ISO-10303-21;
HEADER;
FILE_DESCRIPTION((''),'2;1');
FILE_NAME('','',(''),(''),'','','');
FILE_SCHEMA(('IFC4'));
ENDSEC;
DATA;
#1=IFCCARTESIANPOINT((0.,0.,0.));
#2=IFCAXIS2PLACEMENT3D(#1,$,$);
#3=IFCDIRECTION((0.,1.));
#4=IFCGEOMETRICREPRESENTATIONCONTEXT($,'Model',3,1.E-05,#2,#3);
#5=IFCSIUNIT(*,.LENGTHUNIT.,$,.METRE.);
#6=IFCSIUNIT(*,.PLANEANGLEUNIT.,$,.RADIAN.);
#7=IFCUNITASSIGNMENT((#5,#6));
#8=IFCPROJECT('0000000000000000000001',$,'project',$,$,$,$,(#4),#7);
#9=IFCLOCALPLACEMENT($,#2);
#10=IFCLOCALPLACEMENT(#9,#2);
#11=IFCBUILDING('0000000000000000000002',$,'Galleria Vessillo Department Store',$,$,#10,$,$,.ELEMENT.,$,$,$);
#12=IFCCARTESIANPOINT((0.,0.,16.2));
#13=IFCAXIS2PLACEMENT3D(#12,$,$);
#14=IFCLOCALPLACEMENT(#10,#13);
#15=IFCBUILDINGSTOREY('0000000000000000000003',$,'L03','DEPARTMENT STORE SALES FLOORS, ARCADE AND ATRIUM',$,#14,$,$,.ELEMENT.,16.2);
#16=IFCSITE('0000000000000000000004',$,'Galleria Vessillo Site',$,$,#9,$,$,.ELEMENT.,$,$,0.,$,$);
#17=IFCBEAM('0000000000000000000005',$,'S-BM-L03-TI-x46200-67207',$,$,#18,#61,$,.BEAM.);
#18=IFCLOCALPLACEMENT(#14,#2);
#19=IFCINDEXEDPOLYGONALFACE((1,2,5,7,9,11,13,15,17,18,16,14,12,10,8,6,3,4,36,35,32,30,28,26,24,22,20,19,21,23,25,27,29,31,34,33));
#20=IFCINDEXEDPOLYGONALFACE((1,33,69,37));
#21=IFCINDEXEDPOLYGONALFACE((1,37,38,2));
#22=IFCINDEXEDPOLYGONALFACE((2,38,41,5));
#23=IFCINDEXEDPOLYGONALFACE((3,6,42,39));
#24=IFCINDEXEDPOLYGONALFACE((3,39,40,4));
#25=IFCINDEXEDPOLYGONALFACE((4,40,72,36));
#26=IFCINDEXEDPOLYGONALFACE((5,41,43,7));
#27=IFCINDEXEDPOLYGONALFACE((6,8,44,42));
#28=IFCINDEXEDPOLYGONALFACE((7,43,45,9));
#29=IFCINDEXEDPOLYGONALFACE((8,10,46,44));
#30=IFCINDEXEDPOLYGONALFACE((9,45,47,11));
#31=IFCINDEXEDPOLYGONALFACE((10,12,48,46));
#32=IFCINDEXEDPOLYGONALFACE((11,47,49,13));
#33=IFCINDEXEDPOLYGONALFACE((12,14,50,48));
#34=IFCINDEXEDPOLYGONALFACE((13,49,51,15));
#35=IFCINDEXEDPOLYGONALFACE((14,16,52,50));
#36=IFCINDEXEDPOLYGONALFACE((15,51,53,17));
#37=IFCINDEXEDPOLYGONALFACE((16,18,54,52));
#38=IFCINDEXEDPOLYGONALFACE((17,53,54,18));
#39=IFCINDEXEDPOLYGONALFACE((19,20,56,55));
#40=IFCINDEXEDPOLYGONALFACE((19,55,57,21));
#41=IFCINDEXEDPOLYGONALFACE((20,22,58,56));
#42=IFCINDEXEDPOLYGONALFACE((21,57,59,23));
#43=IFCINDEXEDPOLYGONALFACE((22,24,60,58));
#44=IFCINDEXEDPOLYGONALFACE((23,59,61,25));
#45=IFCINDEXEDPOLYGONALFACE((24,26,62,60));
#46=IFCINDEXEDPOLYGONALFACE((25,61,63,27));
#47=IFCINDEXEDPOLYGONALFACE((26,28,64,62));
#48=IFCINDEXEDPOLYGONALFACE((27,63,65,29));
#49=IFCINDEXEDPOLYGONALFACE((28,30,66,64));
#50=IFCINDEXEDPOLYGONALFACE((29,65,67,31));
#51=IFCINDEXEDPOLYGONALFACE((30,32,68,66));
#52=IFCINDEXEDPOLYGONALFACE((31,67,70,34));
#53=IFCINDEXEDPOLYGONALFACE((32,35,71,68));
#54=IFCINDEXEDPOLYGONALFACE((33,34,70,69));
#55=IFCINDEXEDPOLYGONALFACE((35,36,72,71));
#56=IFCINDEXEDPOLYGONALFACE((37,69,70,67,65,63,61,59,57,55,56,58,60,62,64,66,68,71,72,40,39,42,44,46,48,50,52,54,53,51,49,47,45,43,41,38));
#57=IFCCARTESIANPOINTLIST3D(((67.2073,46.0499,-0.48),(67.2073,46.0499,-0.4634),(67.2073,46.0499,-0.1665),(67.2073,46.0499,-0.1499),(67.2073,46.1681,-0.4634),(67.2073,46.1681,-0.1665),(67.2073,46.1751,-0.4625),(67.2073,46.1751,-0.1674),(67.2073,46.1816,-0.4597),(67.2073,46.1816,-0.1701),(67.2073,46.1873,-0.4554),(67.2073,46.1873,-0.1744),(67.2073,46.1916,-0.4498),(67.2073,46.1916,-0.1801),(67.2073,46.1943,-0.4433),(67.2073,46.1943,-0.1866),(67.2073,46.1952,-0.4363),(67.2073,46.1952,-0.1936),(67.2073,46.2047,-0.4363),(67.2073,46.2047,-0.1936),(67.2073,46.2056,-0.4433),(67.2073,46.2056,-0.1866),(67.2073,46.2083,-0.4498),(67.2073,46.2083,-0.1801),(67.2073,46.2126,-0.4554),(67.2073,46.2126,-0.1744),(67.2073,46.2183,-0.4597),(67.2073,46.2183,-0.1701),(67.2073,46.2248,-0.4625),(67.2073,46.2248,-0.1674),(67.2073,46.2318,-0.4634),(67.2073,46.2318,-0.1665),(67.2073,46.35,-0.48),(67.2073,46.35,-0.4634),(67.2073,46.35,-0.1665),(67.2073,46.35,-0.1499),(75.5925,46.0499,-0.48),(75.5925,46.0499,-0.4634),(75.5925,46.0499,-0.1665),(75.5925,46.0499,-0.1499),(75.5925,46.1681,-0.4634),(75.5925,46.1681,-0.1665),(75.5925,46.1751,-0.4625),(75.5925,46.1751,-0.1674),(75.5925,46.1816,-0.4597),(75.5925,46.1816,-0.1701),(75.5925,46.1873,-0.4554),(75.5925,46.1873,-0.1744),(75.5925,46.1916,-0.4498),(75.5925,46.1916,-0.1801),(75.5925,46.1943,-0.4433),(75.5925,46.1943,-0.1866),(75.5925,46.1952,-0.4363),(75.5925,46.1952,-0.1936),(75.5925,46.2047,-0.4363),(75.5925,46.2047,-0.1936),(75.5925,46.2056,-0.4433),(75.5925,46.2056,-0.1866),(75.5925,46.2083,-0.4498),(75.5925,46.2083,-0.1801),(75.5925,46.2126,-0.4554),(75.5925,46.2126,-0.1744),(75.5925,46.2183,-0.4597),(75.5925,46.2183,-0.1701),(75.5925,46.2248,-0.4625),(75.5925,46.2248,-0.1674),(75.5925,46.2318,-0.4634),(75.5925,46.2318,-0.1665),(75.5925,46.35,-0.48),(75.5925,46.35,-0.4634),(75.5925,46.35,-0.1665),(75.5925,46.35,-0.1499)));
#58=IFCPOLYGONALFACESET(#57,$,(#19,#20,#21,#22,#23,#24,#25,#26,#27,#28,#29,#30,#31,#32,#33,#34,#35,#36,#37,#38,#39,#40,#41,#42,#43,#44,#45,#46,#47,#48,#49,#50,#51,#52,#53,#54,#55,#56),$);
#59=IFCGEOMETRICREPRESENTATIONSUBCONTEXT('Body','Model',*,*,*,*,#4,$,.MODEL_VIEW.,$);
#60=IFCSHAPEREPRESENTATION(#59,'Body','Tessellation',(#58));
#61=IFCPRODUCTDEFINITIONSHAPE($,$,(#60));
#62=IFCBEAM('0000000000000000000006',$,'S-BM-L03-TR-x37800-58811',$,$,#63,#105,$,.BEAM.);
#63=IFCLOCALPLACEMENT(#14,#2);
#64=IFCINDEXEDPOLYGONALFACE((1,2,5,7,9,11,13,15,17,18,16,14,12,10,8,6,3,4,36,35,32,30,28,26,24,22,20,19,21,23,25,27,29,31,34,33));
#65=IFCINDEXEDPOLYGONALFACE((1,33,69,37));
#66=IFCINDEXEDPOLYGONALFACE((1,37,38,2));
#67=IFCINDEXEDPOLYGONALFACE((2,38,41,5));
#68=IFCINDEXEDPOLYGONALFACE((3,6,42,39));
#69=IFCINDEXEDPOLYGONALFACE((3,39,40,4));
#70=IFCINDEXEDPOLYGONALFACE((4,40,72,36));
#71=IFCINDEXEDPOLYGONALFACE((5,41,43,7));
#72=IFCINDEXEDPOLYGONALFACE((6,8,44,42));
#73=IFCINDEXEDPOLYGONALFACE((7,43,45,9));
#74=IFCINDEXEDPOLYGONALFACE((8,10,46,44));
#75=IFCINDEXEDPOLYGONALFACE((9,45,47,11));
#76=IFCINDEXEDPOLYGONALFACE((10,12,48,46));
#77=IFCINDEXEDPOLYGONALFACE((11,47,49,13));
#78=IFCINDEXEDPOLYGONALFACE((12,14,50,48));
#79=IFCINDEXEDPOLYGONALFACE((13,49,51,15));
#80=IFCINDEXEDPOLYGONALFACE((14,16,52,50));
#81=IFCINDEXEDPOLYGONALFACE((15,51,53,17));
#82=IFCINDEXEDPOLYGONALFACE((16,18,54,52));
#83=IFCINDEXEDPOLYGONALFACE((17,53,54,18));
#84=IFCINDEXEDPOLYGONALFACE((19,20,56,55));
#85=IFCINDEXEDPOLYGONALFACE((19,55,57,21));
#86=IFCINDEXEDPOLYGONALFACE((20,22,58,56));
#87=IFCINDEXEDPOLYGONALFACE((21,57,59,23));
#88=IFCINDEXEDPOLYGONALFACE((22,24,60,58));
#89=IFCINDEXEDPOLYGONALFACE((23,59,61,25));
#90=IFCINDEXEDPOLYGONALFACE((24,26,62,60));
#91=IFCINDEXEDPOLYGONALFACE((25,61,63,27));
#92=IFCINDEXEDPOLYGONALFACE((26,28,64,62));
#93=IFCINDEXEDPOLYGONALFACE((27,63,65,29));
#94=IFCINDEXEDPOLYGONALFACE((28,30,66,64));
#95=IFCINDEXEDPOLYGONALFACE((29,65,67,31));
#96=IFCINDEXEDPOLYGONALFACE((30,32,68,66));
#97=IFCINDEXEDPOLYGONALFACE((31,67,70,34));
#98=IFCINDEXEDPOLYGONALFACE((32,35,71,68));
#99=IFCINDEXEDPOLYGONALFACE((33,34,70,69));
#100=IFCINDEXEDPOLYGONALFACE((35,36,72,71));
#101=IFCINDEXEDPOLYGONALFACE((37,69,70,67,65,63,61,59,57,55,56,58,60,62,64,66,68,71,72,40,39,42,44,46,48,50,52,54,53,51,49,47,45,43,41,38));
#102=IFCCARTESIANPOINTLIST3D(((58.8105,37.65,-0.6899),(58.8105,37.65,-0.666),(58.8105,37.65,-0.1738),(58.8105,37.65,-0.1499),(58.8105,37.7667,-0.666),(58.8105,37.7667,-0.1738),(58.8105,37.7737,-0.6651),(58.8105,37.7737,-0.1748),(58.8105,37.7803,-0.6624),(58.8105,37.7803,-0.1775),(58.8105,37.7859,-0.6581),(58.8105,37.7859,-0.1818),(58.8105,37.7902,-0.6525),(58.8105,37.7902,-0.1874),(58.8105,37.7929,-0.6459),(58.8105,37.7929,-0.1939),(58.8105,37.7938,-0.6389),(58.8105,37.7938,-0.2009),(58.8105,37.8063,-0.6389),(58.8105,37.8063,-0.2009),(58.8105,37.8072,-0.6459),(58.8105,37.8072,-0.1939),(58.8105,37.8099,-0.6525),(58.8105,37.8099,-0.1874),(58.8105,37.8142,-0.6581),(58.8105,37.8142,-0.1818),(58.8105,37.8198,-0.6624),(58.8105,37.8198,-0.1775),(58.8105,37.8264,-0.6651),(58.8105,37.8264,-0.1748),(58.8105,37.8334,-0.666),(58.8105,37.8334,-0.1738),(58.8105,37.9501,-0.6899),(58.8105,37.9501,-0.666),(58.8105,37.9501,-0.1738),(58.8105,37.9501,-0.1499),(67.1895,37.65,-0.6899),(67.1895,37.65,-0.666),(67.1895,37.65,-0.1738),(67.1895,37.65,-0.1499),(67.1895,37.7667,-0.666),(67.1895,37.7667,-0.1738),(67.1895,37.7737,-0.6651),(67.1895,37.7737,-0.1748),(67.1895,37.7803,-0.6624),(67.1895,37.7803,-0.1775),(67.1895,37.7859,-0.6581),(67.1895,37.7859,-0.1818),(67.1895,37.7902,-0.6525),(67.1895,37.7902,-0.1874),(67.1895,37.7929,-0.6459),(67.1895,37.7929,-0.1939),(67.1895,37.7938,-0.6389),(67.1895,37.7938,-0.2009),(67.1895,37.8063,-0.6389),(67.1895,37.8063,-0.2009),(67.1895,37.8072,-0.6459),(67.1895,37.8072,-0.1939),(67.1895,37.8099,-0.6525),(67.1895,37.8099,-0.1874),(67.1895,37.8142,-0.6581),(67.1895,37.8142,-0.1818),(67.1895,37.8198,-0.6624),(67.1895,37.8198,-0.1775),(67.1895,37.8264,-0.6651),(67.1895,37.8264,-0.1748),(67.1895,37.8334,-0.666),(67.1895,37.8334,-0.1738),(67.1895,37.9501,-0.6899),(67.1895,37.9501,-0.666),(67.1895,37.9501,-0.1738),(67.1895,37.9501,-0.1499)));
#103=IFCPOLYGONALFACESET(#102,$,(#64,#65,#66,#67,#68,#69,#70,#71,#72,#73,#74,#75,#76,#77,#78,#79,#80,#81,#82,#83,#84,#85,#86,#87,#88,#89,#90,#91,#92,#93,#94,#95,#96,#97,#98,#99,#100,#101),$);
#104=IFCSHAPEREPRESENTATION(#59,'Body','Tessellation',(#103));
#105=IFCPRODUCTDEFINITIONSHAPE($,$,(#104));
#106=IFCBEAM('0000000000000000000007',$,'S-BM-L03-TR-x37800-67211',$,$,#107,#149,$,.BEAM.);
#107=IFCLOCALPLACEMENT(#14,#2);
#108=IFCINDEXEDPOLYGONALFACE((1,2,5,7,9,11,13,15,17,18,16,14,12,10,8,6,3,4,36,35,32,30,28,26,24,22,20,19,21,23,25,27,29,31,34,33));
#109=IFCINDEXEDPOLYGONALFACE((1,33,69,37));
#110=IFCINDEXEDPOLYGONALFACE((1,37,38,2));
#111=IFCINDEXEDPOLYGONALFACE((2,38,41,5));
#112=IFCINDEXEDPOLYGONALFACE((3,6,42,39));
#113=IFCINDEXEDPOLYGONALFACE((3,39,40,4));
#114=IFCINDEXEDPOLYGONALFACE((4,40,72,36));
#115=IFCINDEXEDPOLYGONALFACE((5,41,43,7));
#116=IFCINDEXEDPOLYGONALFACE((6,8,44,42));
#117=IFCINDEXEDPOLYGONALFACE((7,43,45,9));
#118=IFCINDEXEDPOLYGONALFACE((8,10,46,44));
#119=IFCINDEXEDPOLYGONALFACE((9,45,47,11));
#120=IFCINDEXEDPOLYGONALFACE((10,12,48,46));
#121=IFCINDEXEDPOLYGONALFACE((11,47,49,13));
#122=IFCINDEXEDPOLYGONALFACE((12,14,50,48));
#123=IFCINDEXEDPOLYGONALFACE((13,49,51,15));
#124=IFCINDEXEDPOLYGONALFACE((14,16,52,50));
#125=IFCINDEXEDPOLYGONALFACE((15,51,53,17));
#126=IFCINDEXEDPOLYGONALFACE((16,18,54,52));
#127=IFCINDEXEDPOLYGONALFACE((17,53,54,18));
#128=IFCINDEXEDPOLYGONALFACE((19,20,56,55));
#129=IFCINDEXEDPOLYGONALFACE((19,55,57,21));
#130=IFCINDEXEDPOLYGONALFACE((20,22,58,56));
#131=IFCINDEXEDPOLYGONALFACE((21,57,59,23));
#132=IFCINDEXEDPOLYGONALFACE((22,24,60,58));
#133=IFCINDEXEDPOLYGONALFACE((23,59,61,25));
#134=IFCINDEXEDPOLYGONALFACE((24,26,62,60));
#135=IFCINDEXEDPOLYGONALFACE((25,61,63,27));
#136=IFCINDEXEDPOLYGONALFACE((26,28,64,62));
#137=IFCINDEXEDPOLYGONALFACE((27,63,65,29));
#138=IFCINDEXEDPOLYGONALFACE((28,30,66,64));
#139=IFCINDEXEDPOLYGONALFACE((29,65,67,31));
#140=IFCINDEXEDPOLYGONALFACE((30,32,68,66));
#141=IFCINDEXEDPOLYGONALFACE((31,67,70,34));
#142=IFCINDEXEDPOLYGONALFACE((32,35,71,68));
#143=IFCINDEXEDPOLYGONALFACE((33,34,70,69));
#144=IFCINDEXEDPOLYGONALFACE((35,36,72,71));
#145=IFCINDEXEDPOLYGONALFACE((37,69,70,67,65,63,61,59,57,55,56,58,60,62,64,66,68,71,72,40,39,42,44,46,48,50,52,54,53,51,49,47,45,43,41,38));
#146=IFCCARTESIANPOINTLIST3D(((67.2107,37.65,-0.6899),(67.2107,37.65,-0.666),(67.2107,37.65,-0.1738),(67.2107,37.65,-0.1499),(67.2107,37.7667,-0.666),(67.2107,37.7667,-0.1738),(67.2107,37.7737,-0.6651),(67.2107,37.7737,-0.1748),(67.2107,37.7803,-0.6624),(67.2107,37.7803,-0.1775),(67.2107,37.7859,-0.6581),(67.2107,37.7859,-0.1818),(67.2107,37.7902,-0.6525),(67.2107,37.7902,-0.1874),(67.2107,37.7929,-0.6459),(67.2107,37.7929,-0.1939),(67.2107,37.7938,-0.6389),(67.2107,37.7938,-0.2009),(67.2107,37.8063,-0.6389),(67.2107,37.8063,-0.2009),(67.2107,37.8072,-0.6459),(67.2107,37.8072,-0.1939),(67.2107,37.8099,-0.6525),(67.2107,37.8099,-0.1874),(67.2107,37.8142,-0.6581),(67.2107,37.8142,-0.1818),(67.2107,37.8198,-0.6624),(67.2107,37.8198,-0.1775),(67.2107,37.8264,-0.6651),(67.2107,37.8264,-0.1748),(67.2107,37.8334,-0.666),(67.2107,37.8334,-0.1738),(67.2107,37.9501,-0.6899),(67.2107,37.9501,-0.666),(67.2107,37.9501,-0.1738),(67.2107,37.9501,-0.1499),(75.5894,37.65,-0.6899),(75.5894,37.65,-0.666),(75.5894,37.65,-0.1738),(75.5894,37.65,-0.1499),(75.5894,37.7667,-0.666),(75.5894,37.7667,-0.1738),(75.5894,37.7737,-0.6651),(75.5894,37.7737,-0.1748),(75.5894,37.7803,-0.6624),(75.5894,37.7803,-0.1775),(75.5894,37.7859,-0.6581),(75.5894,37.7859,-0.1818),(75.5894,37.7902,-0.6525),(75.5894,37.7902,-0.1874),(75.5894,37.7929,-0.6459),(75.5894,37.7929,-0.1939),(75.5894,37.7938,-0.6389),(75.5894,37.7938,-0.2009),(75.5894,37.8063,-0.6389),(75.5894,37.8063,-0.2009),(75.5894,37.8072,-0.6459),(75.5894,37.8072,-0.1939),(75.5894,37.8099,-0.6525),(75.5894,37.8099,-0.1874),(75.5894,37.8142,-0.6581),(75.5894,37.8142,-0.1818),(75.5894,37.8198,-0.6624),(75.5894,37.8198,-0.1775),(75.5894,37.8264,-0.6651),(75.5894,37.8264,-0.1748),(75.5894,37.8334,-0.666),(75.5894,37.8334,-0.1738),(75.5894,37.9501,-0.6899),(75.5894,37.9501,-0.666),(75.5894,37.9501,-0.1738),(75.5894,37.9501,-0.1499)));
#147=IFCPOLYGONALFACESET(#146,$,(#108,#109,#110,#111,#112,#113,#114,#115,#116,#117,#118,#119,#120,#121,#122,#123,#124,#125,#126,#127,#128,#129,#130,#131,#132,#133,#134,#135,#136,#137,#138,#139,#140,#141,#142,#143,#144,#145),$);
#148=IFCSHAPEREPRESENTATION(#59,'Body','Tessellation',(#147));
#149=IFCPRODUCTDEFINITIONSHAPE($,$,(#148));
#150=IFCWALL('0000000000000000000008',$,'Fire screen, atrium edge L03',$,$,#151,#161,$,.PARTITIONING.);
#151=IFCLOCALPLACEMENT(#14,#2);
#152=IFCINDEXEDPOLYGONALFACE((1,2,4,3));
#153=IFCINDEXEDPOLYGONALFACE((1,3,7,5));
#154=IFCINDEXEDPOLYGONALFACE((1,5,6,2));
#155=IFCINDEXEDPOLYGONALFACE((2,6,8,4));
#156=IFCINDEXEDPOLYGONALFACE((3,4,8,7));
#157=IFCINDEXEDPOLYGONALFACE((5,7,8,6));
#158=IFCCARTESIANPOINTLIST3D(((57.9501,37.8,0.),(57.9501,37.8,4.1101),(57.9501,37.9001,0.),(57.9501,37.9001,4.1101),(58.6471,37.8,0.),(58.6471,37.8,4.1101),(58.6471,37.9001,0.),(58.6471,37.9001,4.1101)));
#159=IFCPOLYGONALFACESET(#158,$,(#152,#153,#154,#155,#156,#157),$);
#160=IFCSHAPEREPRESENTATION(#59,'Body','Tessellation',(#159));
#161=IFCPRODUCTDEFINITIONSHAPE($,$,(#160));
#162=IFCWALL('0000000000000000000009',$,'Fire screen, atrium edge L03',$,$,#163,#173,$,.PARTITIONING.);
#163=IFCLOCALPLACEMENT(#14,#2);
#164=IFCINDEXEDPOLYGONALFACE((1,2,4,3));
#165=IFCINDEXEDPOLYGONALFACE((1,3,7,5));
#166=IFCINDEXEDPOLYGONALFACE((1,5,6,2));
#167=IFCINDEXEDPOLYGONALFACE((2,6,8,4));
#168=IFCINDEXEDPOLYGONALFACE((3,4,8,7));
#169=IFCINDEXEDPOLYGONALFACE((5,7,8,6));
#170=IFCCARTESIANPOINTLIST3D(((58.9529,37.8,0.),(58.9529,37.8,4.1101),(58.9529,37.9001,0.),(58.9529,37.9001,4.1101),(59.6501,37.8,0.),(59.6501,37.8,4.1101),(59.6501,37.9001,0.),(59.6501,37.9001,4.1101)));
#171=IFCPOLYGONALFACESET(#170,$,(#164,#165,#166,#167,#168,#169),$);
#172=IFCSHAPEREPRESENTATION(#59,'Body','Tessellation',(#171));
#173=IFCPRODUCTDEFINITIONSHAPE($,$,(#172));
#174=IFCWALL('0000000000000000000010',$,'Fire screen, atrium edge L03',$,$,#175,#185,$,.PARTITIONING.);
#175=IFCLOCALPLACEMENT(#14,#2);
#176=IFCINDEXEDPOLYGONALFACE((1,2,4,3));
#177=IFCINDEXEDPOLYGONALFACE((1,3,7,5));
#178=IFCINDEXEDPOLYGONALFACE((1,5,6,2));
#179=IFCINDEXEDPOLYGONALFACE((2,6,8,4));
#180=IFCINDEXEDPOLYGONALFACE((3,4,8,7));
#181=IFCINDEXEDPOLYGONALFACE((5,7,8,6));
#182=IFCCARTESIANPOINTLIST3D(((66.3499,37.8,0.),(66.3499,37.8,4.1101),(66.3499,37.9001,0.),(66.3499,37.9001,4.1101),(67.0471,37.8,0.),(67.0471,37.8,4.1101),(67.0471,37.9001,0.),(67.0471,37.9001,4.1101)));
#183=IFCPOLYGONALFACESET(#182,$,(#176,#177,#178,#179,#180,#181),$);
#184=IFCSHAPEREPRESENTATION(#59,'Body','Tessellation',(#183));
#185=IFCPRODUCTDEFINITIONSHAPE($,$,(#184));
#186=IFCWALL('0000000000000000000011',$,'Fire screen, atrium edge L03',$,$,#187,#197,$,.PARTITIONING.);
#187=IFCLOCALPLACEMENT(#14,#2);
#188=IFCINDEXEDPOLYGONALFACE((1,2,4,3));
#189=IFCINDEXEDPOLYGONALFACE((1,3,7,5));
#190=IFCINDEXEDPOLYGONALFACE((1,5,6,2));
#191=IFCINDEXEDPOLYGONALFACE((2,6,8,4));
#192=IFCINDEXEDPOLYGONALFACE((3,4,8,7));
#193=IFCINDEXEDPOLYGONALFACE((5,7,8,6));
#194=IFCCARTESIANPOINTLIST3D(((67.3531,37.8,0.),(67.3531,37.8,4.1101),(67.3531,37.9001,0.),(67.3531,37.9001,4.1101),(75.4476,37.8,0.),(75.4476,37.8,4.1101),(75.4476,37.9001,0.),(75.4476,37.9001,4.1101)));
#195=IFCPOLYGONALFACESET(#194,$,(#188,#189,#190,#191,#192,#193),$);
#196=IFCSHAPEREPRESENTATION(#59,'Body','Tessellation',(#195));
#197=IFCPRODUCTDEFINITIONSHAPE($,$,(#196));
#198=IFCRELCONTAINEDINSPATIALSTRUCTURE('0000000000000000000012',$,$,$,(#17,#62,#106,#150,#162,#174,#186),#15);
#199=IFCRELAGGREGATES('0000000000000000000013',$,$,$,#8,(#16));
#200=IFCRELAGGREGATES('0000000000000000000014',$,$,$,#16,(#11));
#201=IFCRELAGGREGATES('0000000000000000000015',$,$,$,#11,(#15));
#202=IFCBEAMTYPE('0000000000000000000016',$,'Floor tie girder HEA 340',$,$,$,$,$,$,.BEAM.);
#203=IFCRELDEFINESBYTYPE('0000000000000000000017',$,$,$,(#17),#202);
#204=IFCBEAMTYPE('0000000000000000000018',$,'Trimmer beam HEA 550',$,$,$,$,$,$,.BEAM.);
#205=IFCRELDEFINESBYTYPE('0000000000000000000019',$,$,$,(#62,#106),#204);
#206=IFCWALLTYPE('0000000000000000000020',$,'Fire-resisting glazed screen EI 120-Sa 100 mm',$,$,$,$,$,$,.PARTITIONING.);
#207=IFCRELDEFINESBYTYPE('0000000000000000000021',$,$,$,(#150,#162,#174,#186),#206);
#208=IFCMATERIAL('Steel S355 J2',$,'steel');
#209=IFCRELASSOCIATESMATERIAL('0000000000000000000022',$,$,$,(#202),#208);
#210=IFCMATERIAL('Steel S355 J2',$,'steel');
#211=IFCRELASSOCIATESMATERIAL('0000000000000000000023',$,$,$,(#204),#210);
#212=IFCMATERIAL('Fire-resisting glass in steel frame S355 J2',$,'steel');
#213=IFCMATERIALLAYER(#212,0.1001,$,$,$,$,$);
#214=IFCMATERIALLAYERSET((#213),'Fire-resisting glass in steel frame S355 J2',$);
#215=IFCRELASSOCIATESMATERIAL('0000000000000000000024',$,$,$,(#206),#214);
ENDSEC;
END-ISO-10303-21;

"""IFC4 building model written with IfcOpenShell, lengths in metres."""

from ifc_helpers import new_model, si_unit, direction, frame, frame_2d, origin, origin_2d, place, context, subcontext, project, spatial, rectangle, i_section, extrude, material, layer, layer_set, material_profile, profile_set, type_object, element, save


model = new_model("IFC4")

# Units and contexts
model_context = context("Model", 3, precision=1e-05, world=origin(), true_north=direction((0.0, 1.0)))
body_context = subcontext(model_context, "Body", "Model", "MODEL_VIEW")
ifc_project = project(units=[si_unit("LENGTHUNIT", "METRE"), si_unit("PLANEANGLEUNIT", "RADIAN")], contexts=[model_context])

# Site, building, storey
site_placement = place(None, origin())
site = spatial("IfcSite", under=ifc_project, at=site_placement, Name="Galleria Vessillo Site", CompositionType="ELEMENT", RefElevation=0.0)
building_placement = place(site_placement, origin())
building = spatial("IfcBuilding", under=site, at=building_placement, Name="Galleria Vessillo Department Store", CompositionType="ELEMENT")
storey_placement = place(building_placement, frame((0.0, 0.0, 16.2)))
storey = spatial("IfcBuildingStorey", under=building, at=storey_placement, Name="L03", Description="DEPARTMENT STORE SALES FLOORS, ARCADE AND ATRIUM", CompositionType="ELEMENT", Elevation=16.2)

# Beams
ifc_material_1 = material(Name="Steel S355 J2", Category="steel")
ifc_material_profile_1 = material_profile(ifc_material_1, i_section(OverallWidth=0.3, OverallDepth=0.3301, WebThickness=0.0095, FlangeThickness=0.0166, FilletRadius=0.0271, at=origin_2d()), Name="HEA 340")
ifc_profile_set_1 = profile_set([ifc_material_profile_1], Name="Steel S355 J2")
beam_type_1 = type_object("IfcBeamType", Name="Floor tie girder HEA 340", PredefinedType="BEAM", material=ifc_profile_set_1)
for number, where, z_axis, x_axis, name in (
    (1, (67.2073, 46.2, -0.3149), (1.0, 0.0, 0.0), (0.0, 1.0, 0.0), "S-BM-L03-TI-x46200-67207"),
):
    element("IfcBeam", number, at=place(storey_placement, frame(where, z_axis=z_axis, x_axis=x_axis)), inside=storey, type_object=beam_type_1, Name=name, PredefinedType="BEAM", context=body_context, shape_type="SweptSolid", body=[
        extrude(i_section(OverallWidth=0.3, OverallDepth=0.3301, WebThickness=0.0095, FlangeThickness=0.0166, FilletRadius=0.0271, at=origin_2d()), origin(), (0.0, 0.0, 1.0), 8.3853),
    ])
ifc_material_2 = material(Name="Steel S355 J2", Category="steel")
ifc_material_profile_2 = material_profile(ifc_material_2, i_section(OverallWidth=0.3, OverallDepth=0.54, WebThickness=0.0125, FlangeThickness=0.0239, FilletRadius=0.0271, at=origin_2d()), Name="HEA 550")
ifc_profile_set_2 = profile_set([ifc_material_profile_2], Name="Steel S355 J2")
beam_type_2 = type_object("IfcBeamType", Name="Trimmer beam HEA 550", PredefinedType="BEAM", material=ifc_profile_set_2)
beam_1_placement = place(storey_placement, frame((58.8105, 37.8, -0.4199), z_axis=(1.0, 0.0, 0.0), x_axis=(0.0, 1.0, 0.0)))
element("IfcBeam", 2, at=beam_1_placement, inside=storey, type_object=beam_type_2, Name="S-BM-L03-TR-x37800-58811", PredefinedType="BEAM", context=body_context, shape_type="SweptSolid", body=[
    extrude(i_section(OverallWidth=0.3, OverallDepth=0.54, WebThickness=0.0125, FlangeThickness=0.0239, FilletRadius=0.0271, at=origin_2d()), origin(), (0.0, 0.0, 1.0), 8.3789),
])
beam_2_placement = place(storey_placement, frame((67.2107, 37.8, -0.4199), z_axis=(1.0, 0.0, 0.0), x_axis=(0.0, 1.0, 0.0)))
element("IfcBeam", 3, at=beam_2_placement, inside=storey, type_object=beam_type_2, Name="S-BM-L03-TR-x37800-67211", PredefinedType="BEAM", context=body_context, shape_type="SweptSolid", body=[
    extrude(i_section(OverallWidth=0.3, OverallDepth=0.54, WebThickness=0.0125, FlangeThickness=0.0239, FilletRadius=0.0271, at=origin_2d()), origin(), (0.0, 0.0, 1.0), 8.3787),
])

# Walls
ifc_material_3 = material(Name="Fire-resisting glass in steel frame S355 J2", Category="steel")
ifc_layer = layer(ifc_material_3, 0.1001)
ifc_layer_set = layer_set([ifc_layer], Name="Fire-resisting glass in steel frame S355 J2")
wall_type = type_object("IfcWallType", Name="Fire-resisting glazed screen EI 120-Sa 100 mm", PredefinedType="PARTITIONING", material=ifc_layer_set)
wall_1_placement = place(storey_placement, frame((57.95, 37.8501, 0.0), z_axis=(0.0, 0.0, 1.0), x_axis=(1.0, 0.0, 0.0)))
element("IfcWall", 4, at=wall_1_placement, inside=storey, type_object=wall_type, Name="Fire screen, atrium edge L03", PredefinedType="PARTITIONING", context=body_context, shape_type="SweptSolid", body=[
    extrude(rectangle(XDim=0.697, YDim=0.1001, at=frame_2d((0.3486, 0.0))), origin(), (0.0, 0.0, 1.0), 4.1101),
])
for number, where, z_axis, x_axis, name in (
    (5, (58.9529, 37.8501, 0.0), (0.0, 0.0, 1.0), (1.0, 0.0, 0.0), "Fire screen, atrium edge L03"),
    (6, (66.3499, 37.8501, 0.0), (0.0, 0.0, 1.0), (1.0, 0.0, 0.0), "Fire screen, atrium edge L03"),
):
    element("IfcWall", number, at=place(storey_placement, frame(where, z_axis=z_axis, x_axis=x_axis)), inside=storey, type_object=wall_type, Name=name, PredefinedType="PARTITIONING", context=body_context, shape_type="SweptSolid", body=[
        extrude(rectangle(XDim=0.6973, YDim=0.1001, at=frame_2d((0.3486, 0.0))), origin(), (0.0, 0.0, 1.0), 4.1101),
    ])
wall_2_placement = place(storey_placement, frame((67.353, 37.8501, 0.0), z_axis=(0.0, 0.0, 1.0), x_axis=(1.0, 0.0, 0.0)))
element("IfcWall", 7, at=wall_2_placement, inside=storey, type_object=wall_type, Name="Fire screen, atrium edge L03", PredefinedType="PARTITIONING", context=body_context, shape_type="SweptSolid", body=[
    extrude(rectangle(XDim=8.0945, YDim=0.1001, at=frame_2d((4.0474, 0.0))), origin(), (0.0, 0.0, 1.0), 4.1101),
])

save(model, "model.ifc")
